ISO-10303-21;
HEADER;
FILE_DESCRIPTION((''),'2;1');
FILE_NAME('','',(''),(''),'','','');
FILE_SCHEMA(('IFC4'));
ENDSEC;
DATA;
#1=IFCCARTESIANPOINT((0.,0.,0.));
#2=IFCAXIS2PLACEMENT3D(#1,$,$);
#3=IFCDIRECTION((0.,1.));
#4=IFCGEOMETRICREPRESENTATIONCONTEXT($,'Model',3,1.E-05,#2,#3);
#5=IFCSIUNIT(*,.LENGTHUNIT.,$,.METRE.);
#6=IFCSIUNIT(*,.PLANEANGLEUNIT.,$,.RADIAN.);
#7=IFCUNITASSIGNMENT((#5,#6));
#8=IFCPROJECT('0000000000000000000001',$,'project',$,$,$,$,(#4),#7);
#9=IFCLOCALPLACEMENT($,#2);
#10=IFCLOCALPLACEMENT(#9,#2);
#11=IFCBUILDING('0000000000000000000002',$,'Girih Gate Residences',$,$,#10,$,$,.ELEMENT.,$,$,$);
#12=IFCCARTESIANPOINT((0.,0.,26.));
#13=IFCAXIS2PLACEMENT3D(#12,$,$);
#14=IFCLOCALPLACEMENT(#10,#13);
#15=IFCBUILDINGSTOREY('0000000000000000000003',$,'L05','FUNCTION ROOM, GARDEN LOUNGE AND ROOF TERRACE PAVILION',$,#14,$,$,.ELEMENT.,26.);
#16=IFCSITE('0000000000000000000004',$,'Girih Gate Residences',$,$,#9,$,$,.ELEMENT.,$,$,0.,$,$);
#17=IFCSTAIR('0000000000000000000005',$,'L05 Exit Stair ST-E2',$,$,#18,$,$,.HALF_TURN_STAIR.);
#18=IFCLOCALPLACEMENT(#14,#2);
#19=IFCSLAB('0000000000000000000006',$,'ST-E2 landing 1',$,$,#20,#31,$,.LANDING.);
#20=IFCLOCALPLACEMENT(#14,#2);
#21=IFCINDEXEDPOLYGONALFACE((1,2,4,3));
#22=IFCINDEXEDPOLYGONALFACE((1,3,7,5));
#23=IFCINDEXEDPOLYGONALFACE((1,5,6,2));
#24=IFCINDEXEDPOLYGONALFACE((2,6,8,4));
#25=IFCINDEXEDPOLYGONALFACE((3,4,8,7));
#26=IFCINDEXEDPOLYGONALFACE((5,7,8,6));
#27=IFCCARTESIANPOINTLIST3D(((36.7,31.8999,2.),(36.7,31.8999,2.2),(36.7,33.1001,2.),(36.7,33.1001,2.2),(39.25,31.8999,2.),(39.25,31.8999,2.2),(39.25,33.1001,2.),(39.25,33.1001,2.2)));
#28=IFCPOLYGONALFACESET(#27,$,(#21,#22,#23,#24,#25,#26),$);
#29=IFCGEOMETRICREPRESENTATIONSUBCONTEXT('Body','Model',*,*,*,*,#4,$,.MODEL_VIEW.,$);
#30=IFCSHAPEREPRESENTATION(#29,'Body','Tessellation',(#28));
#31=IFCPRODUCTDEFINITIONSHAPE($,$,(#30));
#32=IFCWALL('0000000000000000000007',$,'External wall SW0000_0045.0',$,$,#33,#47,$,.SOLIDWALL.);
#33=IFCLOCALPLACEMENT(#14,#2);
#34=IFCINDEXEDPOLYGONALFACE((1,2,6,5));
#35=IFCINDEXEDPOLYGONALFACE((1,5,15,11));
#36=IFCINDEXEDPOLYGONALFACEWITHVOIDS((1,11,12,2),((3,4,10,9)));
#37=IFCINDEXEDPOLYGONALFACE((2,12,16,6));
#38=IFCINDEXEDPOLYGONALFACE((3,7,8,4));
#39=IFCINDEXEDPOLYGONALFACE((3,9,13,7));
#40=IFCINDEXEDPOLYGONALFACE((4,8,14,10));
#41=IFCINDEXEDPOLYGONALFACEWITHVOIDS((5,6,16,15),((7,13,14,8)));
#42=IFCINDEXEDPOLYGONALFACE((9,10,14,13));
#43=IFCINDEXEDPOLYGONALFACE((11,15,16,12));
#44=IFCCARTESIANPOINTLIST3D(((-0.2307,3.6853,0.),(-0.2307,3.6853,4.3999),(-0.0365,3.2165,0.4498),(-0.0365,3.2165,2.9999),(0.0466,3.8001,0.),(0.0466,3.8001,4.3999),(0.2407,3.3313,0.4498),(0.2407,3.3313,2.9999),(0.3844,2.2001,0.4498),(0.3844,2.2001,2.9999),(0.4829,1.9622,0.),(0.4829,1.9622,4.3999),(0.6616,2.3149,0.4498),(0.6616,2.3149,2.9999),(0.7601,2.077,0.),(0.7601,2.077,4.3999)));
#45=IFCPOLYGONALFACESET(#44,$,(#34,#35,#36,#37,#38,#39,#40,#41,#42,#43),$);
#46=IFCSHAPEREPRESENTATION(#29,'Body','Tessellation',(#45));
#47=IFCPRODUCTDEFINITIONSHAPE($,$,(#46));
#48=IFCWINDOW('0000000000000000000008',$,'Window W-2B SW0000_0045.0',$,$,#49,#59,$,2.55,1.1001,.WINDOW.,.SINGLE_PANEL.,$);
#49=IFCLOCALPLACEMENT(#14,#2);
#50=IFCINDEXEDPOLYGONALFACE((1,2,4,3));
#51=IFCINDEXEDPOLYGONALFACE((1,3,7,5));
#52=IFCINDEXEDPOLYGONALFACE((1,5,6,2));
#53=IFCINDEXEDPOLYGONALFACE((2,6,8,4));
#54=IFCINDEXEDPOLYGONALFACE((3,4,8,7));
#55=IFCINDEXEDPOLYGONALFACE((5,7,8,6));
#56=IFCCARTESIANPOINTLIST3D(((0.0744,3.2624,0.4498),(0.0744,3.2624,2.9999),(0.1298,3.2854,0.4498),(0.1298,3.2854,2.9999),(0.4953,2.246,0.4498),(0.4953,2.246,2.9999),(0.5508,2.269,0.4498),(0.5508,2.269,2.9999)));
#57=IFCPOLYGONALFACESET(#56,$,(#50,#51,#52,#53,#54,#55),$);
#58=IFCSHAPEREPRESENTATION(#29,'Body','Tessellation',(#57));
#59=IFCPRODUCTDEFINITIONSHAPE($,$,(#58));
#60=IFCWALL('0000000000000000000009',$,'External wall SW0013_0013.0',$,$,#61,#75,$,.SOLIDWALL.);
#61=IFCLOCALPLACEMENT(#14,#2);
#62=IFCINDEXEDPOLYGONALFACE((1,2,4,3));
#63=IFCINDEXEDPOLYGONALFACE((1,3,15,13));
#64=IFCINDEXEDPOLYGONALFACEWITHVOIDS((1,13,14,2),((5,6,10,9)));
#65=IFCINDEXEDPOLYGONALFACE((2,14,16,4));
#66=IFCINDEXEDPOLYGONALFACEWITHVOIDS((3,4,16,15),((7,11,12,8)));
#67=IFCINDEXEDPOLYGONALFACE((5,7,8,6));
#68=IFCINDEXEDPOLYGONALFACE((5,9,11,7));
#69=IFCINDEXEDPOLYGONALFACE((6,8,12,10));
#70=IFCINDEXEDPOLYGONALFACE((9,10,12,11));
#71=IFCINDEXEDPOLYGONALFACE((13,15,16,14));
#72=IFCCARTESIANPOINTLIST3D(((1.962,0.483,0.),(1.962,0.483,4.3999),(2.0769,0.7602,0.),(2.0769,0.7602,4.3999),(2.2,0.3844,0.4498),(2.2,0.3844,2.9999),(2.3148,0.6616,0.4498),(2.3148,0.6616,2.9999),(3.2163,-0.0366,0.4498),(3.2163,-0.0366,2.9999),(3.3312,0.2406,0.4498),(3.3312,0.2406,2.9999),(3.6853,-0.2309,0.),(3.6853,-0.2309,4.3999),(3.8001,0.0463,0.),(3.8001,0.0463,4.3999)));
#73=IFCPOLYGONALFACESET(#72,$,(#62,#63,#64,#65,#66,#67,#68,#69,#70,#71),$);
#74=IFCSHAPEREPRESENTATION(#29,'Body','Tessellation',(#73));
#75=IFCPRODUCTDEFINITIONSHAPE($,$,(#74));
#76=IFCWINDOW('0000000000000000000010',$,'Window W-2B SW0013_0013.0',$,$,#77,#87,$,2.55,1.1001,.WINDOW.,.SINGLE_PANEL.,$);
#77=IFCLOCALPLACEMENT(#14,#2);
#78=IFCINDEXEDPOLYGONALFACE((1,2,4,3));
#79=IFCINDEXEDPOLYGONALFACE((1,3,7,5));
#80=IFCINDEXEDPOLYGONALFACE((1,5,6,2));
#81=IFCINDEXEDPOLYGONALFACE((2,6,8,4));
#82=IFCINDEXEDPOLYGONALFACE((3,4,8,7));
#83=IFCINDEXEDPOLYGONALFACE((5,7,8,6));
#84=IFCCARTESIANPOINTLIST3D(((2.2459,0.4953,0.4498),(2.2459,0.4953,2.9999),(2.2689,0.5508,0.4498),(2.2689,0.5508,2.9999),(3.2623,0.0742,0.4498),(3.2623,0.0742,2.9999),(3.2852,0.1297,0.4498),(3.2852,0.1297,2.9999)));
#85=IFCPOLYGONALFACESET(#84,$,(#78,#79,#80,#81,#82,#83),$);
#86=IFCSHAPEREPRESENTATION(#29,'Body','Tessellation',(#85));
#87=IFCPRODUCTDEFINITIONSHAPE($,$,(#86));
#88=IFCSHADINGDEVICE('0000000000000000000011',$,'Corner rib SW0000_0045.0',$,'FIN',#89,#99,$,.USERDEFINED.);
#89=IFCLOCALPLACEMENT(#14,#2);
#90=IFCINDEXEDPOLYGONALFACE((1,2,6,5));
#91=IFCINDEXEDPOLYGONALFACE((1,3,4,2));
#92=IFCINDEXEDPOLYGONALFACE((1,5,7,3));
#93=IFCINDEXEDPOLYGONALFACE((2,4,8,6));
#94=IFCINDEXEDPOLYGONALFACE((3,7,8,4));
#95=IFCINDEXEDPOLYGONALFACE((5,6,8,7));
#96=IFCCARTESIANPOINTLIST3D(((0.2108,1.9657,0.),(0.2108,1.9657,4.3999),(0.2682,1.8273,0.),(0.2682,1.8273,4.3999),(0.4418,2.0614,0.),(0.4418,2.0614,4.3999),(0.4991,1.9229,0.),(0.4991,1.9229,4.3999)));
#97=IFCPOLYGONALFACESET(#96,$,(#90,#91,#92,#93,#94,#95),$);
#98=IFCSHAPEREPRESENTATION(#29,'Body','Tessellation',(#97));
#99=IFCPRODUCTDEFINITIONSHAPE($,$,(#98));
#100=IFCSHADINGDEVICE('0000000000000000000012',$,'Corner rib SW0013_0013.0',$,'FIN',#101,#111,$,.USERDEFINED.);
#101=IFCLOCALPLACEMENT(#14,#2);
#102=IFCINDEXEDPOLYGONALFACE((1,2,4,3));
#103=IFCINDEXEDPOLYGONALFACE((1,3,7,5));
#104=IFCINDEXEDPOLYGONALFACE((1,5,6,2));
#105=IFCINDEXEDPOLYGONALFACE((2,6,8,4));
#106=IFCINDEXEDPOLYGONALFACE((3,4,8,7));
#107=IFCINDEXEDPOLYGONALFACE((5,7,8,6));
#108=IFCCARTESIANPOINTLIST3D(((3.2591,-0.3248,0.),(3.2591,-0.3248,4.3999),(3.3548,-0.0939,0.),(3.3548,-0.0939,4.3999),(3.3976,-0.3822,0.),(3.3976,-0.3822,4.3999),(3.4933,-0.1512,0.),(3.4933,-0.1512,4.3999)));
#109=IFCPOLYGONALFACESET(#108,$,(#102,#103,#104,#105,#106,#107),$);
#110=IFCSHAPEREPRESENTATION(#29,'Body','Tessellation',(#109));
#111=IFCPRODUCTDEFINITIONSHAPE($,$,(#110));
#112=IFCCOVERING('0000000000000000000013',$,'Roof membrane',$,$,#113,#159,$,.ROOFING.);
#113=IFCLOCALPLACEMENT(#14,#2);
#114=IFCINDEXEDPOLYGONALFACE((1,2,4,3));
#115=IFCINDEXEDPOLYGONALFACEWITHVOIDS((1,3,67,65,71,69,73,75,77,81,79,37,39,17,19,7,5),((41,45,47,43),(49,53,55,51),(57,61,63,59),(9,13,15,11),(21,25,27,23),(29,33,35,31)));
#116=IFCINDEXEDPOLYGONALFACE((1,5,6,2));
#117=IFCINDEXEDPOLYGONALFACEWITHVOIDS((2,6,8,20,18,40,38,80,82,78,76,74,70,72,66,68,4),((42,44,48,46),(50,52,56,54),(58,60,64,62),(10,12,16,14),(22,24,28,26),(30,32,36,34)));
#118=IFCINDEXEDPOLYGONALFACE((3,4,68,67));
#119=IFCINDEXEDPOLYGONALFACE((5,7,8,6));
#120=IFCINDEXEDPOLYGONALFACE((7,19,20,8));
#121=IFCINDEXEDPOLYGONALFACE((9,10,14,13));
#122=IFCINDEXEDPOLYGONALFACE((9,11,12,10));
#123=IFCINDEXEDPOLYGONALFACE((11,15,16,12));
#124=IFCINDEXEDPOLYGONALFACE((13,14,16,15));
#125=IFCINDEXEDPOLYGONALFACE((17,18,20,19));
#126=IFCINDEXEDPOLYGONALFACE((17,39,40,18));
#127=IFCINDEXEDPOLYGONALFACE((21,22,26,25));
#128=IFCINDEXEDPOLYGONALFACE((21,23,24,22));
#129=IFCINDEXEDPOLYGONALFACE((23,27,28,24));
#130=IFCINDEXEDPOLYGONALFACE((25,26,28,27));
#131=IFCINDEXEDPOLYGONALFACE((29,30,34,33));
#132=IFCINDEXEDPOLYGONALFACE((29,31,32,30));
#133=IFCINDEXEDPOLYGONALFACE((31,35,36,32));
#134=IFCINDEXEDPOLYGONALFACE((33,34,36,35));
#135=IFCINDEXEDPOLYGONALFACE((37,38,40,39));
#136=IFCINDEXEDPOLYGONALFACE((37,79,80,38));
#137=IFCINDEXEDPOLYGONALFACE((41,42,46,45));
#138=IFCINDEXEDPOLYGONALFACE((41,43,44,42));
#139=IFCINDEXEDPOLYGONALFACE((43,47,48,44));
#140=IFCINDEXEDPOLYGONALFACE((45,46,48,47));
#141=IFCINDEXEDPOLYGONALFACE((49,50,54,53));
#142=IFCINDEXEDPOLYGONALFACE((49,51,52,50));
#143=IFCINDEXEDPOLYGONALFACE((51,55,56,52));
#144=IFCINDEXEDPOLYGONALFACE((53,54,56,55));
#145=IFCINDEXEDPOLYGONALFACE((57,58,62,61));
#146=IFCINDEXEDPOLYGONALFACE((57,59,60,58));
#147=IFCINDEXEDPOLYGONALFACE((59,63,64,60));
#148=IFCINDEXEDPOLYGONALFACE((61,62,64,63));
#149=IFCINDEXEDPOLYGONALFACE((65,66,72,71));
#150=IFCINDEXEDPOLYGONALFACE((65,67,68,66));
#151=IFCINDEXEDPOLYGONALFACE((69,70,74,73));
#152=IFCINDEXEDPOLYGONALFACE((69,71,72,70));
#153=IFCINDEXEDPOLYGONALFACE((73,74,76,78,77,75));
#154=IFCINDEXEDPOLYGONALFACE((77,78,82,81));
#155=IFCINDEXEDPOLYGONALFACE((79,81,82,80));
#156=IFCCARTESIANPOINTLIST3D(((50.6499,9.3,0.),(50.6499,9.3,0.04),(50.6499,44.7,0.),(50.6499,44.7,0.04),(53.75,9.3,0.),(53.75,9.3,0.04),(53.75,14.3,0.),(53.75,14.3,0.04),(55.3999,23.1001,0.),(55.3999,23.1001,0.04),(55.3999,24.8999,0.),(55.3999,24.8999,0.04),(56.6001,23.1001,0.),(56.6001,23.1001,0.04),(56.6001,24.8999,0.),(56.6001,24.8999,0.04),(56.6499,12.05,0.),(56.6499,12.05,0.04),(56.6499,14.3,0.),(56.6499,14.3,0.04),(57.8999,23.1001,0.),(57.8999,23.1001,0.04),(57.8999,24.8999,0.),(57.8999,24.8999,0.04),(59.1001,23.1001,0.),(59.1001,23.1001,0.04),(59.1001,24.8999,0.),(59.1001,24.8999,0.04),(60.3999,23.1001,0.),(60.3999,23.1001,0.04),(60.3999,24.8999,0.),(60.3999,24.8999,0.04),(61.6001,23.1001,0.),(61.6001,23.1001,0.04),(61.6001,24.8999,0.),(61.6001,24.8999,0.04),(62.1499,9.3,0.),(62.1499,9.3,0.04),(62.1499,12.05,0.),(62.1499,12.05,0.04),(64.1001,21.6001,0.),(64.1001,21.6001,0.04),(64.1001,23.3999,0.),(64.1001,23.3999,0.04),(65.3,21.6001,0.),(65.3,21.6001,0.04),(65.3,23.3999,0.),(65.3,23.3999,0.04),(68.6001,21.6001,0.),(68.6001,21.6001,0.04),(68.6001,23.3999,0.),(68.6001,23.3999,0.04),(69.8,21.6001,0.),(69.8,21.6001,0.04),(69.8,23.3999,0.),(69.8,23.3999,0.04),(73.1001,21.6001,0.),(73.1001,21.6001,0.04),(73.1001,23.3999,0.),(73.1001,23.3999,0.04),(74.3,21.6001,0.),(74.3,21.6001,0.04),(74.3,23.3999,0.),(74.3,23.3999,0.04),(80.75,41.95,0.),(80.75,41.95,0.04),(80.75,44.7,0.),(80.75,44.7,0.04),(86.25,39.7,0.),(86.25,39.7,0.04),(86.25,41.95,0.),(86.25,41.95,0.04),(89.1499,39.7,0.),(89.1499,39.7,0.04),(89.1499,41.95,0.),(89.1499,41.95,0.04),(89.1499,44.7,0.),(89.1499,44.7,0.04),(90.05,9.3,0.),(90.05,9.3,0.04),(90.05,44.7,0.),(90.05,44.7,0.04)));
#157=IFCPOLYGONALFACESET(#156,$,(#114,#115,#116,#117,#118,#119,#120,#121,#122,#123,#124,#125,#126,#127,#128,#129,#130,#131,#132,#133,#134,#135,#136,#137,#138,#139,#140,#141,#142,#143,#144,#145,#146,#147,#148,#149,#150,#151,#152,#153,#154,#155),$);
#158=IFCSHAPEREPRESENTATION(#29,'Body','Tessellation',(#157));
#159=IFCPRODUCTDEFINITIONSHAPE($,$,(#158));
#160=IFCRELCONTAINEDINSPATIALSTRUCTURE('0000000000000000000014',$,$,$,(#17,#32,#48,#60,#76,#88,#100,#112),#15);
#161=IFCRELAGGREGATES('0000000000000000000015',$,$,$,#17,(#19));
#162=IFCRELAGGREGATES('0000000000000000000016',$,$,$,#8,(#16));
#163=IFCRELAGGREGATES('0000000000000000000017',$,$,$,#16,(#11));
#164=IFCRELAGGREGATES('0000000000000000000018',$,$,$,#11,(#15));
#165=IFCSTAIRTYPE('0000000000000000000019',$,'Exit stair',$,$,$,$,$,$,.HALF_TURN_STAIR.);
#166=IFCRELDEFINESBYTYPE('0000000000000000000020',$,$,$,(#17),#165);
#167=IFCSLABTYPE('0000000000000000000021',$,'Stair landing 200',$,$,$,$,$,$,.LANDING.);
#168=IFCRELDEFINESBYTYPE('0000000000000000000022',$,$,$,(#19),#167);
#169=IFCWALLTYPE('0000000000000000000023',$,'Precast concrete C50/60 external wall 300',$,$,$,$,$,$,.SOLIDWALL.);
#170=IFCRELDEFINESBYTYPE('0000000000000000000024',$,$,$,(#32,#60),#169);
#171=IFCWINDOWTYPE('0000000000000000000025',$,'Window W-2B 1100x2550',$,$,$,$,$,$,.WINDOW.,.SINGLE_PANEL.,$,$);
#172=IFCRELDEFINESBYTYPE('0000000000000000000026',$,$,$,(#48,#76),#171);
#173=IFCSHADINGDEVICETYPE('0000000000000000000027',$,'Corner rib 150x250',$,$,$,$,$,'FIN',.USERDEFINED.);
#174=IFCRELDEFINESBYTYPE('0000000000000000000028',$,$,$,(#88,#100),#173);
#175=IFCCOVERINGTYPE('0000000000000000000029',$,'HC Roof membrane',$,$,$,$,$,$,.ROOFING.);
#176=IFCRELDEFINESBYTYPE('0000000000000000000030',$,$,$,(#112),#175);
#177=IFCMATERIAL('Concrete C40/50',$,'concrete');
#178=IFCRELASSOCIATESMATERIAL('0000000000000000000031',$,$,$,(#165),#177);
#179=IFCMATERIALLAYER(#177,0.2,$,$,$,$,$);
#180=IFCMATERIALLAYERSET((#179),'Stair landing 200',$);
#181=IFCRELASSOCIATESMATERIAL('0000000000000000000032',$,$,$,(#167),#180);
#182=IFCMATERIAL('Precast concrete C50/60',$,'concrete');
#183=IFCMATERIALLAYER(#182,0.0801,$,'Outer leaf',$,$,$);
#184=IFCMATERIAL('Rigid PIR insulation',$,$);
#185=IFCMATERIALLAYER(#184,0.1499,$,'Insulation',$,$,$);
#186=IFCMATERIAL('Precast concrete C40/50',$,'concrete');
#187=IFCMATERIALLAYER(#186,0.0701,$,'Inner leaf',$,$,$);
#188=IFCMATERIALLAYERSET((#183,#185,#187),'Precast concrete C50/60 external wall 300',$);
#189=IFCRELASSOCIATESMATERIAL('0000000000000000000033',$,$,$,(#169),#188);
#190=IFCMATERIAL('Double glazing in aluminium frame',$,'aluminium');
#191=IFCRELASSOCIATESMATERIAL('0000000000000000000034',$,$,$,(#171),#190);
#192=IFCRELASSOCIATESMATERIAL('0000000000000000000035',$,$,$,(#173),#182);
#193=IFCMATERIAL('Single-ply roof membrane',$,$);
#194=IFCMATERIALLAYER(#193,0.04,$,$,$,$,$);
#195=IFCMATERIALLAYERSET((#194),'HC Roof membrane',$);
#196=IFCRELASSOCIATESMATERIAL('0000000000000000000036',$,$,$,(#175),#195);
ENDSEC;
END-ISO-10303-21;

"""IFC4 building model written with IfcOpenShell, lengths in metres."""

from ifc_helpers import new_model, si_unit, direction, frame, frame_2d, origin, origin_2d, place, context, subcontext, project, spatial, polyline, rectangle, outline, extrude, material, layer, layer_set, type_object, element, fill, aggregate, save


model = new_model("IFC4")

# Units and contexts
model_context = context("Model", 3, precision=1e-05, world=origin(), true_north=direction((0.0, 1.0)))
body_context = subcontext(model_context, "Body", "Model", "MODEL_VIEW")
ifc_project = project(units=[si_unit("LENGTHUNIT", "METRE"), si_unit("PLANEANGLEUNIT", "RADIAN")], contexts=[model_context])

# Site, building, storey
site_placement = place(None, origin())
site = spatial("IfcSite", under=ifc_project, at=site_placement, Name="Girih Gate Residences", CompositionType="ELEMENT", RefElevation=0.0)
building_placement = place(site_placement, origin())
building = spatial("IfcBuilding", under=site, at=building_placement, Name="Girih Gate Residences", CompositionType="ELEMENT")
storey_placement = place(building_placement, frame((0.0, 0.0, 26.0)))
storey = spatial("IfcBuildingStorey", under=building, at=storey_placement, Name="L05", Description="FUNCTION ROOM, GARDEN LOUNGE AND ROOF TERRACE PAVILION", CompositionType="ELEMENT", Elevation=26.0)

# Shared definitions
ifc_material_1 = material(Name="Concrete C40/50", Category="concrete")

# Stair, slab
stair_type = type_object("IfcStairType", Name="Exit stair", PredefinedType="HALF_TURN_STAIR", material=ifc_material_1)
ifc_layer_1 = layer(ifc_material_1, 0.2)
ifc_layer_set_1 = layer_set([ifc_layer_1], Name="Stair landing 200")
slab_type_1 = type_object("IfcSlabType", Name="Stair landing 200", PredefinedType="LANDING", material=ifc_layer_set_1)
stair_1_placement = place(storey_placement, origin())
stair_1 = element("IfcStair", 1, at=stair_1_placement, inside=storey, type_object=stair_type, Name="L05 Exit Stair ST-E2", PredefinedType="HALF_TURN_STAIR")
slab_1_placement = place(storey_placement, frame((0.0, 0.0, 2.0)))
slab_1 = element("IfcSlab", 2, at=slab_1_placement, type_object=slab_type_1, Name="ST-E2 landing 1", PredefinedType="LANDING", context=body_context, shape_type="SweptSolid", body=[
    extrude(outline(polyline([(39.25, 31.8999), (39.25, 33.1001), (36.7, 33.1001), (36.7, 31.8999), (39.25, 31.8999)])), origin(), (0.0, 0.0, 1.0), 0.2),
])
aggregate(stair_1, [slab_1])

# Walls, openings, windows
ifc_material_2 = material(Name="Precast concrete C50/60", Category="concrete")
ifc_layer_2 = layer(ifc_material_2, 0.0801, Name="Outer leaf")
ifc_material_3 = material(Name="Rigid PIR insulation")
ifc_layer_3 = layer(ifc_material_3, 0.1499, Name="Insulation")
ifc_material_4 = material(Name="Precast concrete C40/50", Category="concrete")
ifc_layer_4 = layer(ifc_material_4, 0.0701, Name="Inner leaf")
ifc_layer_set_2 = layer_set([ifc_layer_2, ifc_layer_3, ifc_layer_4], Name="Precast concrete C50/60 external wall 300")
wall_type = type_object("IfcWallType", Name="Precast concrete C50/60 external wall 300", PredefinedType="SOLIDWALL", material=ifc_layer_set_2)
wall_1_placement = place(storey_placement, frame((0.6216, 2.0195, 0.0), z_axis=(0.0, 0.0, 1.0), x_axis=(-0.382625, 0.923904, 0.0)))
wall_1 = element("IfcWall", 3, at=wall_1_placement, inside=storey, type_object=wall_type, Name="External wall SW0000_0045.0", PredefinedType="SOLIDWALL", context=body_context, shape_type="SweptSolid", body=[
    extrude(rectangle(XDim=1.865, YDim=0.3, at=frame_2d((0.9326, 0.0))), origin(), (0.0, 0.0, 1.0), 4.3999),
])
opening_1_placement = place(wall_1_placement, frame((0.2576, 0.0, 0.45)))
opening_1 = element("IfcOpeningElement", 4, at=opening_1_placement, cuts=wall_1, PredefinedType="OPENING", context=body_context, shape_type="SweptSolid", body=[
    extrude(rectangle(XDim=1.1001, YDim=2.55, at=frame_2d((0.55, 1.2749))), frame((0.0, 0.1599, 0.0), z_axis=(0.0, -1.0, 0.0), x_axis=(1.0, 0.0, 0.0)), (0.0, 0.0, 1.0), 0.3201),
])
ifc_material_5 = material(Name="Double glazing in aluminium frame", Category="aluminium")
window_type_1 = type_object("IfcWindowType", Name="Window W-2B 1100x2550", PartitioningType="SINGLE_PANEL", PredefinedType="WINDOW", material=ifc_material_5)
window_1_placement = place(opening_1_placement, origin())
window_1 = element("IfcWindow", 5, at=window_1_placement, inside=storey, type_object=window_type_1, Name="Window W-2B SW0000_0045.0", OverallHeight=2.55, OverallWidth=1.1001, PartitioningType="SINGLE_PANEL", PredefinedType="WINDOW", context=body_context, shape_type="SweptSolid", body=[
    extrude(rectangle(XDim=1.1001, YDim=2.55, at=frame_2d((0.55, 1.2749))), frame((0.0, 0.03, 0.0), z_axis=(0.0, -1.0, 0.0), x_axis=(1.0, 0.0, 0.0)), (0.0, 0.0, 1.0), 0.0601),
])
fill(opening_1, window_1)
wall_2_placement = place(storey_placement, frame((3.7427, -0.0923, 0.0), z_axis=(0.0, 0.0, 1.0), x_axis=(-0.923857, 0.382737, 0.0)))
wall_2 = element("IfcWall", 6, at=wall_2_placement, inside=storey, type_object=wall_type, Name="External wall SW0013_0013.0", PredefinedType="SOLIDWALL", context=body_context, shape_type="SweptSolid", body=[
    extrude(rectangle(XDim=1.8652, YDim=0.3, at=frame_2d((0.9326, 0.0))), origin(), (0.0, 0.0, 1.0), 4.3999),
])
opening_2_placement = place(wall_2_placement, frame((0.5076, 0.0, 0.45)))
opening_2 = element("IfcOpeningElement", 7, at=opening_2_placement, cuts=wall_2, PredefinedType="OPENING", context=body_context, shape_type="SweptSolid", body=[
    extrude(rectangle(XDim=1.1001, YDim=2.55, at=frame_2d((0.55, 1.2749))), frame((0.0, 0.1599, 0.0), z_axis=(0.0, -1.0, 0.0), x_axis=(1.0, 0.0, 0.0)), (0.0, 0.0, 1.0), 0.3201),
])
window_2_placement = place(opening_2_placement, origin())
window_2 = element("IfcWindow", 8, at=window_2_placement, inside=storey, type_object=window_type_1, Name="Window W-2B SW0013_0013.0", OverallHeight=2.55, OverallWidth=1.1001, PartitioningType="SINGLE_PANEL", PredefinedType="WINDOW", context=body_context, shape_type="SweptSolid", body=[
    extrude(rectangle(XDim=1.1001, YDim=2.55, at=frame_2d((0.55, 1.2749))), frame((0.0, 0.03, 0.0), z_axis=(0.0, -1.0, 0.0), x_axis=(1.0, 0.0, 0.0)), (0.0, 0.0, 1.0), 0.0601),
])
fill(opening_2, window_2)

# Shading devices
shading_device_type = type_object("IfcShadingDeviceType", Name="Corner rib 150x250", ElementType="FIN", PredefinedType="USERDEFINED", material=ifc_material_2)
for number, where, z_axis, x_axis, name in (
    (9, (0.355, 1.9443, 0.0), (0.0, 0.0, 1.0), (0.382683, -0.92388, 0.0), "Corner rib SW0000_0045.0"),
    (10, (3.3762, -0.238, 0.0), (0.0, 0.0, 1.0), (0.92388, -0.382683, 0.0), "Corner rib SW0013_0013.0"),
):
    element("IfcShadingDevice", number, at=place(storey_placement, frame(where, z_axis=z_axis, x_axis=x_axis)), inside=storey, type_object=shading_device_type, Name=name, ObjectType="FIN", PredefinedType="USERDEFINED", context=body_context, shape_type="SweptSolid", body=[
        extrude(rectangle(XDim=0.1499, YDim=0.25, at=origin_2d()), origin(), (0.0, 0.0, 1.0), 4.3999),
    ])

# Covering
ifc_material_6 = material(Name="Single-ply roof membrane")
ifc_layer_5 = layer(ifc_material_6, 0.04)
ifc_layer_set_3 = layer_set([ifc_layer_5], Name="HC Roof membrane")
covering_type = type_object("IfcCoveringType", Name="HC Roof membrane", PredefinedType="ROOFING", material=ifc_layer_set_3)
covering_placement = place(storey_placement, origin())
element("IfcCovering", 11, at=covering_placement, inside=storey, type_object=covering_type, Name="Roof membrane", PredefinedType="ROOFING", context=body_context, shape_type="SweptSolid", body=[
    extrude(outline(polyline([(50.6499, 9.3), (53.75, 9.3), (53.75, 14.3), (56.6499, 14.3), (56.6499, 12.05), (62.1499, 12.05), (62.1499, 9.3), (90.05, 9.3), (90.05, 44.7), (89.1499, 44.7), (89.1499, 41.95), (89.1499, 41.95), (89.1499, 39.7), (86.25, 39.7), (86.25, 41.95), (80.75, 41.95), (80.75, 44.7), (50.6499, 44.7), (50.6499, 9.3)]), holes=[polyline([(55.3999, 23.1001), (56.6001, 23.1001), (56.6001, 24.8999), (55.3999, 24.8999), (55.3999, 23.1001)]), polyline([(57.8999, 23.1001), (59.1001, 23.1001), (59.1001, 24.8999), (57.8999, 24.8999), (57.8999, 23.1001)]), polyline([(60.3999, 23.1001), (61.6001, 23.1001), (61.6001, 24.8999), (60.3999, 24.8999), (60.3999, 23.1001)]), polyline([(64.1001, 21.6001), (65.3, 21.6001), (65.3, 23.3999), (64.1001, 23.3999), (64.1001, 21.6001)]), polyline([(68.6001, 21.6001), (69.8, 21.6001), (69.8, 23.3999), (68.6001, 23.3999), (68.6001, 21.6001)]), polyline([(73.1001, 21.6001), (74.3, 21.6001), (74.3, 23.3999), (73.1001, 23.3999), (73.1001, 21.6001)])]), origin(), (0.0, 0.0, 1.0), 0.04),
])

save(model, "model.ifc")
